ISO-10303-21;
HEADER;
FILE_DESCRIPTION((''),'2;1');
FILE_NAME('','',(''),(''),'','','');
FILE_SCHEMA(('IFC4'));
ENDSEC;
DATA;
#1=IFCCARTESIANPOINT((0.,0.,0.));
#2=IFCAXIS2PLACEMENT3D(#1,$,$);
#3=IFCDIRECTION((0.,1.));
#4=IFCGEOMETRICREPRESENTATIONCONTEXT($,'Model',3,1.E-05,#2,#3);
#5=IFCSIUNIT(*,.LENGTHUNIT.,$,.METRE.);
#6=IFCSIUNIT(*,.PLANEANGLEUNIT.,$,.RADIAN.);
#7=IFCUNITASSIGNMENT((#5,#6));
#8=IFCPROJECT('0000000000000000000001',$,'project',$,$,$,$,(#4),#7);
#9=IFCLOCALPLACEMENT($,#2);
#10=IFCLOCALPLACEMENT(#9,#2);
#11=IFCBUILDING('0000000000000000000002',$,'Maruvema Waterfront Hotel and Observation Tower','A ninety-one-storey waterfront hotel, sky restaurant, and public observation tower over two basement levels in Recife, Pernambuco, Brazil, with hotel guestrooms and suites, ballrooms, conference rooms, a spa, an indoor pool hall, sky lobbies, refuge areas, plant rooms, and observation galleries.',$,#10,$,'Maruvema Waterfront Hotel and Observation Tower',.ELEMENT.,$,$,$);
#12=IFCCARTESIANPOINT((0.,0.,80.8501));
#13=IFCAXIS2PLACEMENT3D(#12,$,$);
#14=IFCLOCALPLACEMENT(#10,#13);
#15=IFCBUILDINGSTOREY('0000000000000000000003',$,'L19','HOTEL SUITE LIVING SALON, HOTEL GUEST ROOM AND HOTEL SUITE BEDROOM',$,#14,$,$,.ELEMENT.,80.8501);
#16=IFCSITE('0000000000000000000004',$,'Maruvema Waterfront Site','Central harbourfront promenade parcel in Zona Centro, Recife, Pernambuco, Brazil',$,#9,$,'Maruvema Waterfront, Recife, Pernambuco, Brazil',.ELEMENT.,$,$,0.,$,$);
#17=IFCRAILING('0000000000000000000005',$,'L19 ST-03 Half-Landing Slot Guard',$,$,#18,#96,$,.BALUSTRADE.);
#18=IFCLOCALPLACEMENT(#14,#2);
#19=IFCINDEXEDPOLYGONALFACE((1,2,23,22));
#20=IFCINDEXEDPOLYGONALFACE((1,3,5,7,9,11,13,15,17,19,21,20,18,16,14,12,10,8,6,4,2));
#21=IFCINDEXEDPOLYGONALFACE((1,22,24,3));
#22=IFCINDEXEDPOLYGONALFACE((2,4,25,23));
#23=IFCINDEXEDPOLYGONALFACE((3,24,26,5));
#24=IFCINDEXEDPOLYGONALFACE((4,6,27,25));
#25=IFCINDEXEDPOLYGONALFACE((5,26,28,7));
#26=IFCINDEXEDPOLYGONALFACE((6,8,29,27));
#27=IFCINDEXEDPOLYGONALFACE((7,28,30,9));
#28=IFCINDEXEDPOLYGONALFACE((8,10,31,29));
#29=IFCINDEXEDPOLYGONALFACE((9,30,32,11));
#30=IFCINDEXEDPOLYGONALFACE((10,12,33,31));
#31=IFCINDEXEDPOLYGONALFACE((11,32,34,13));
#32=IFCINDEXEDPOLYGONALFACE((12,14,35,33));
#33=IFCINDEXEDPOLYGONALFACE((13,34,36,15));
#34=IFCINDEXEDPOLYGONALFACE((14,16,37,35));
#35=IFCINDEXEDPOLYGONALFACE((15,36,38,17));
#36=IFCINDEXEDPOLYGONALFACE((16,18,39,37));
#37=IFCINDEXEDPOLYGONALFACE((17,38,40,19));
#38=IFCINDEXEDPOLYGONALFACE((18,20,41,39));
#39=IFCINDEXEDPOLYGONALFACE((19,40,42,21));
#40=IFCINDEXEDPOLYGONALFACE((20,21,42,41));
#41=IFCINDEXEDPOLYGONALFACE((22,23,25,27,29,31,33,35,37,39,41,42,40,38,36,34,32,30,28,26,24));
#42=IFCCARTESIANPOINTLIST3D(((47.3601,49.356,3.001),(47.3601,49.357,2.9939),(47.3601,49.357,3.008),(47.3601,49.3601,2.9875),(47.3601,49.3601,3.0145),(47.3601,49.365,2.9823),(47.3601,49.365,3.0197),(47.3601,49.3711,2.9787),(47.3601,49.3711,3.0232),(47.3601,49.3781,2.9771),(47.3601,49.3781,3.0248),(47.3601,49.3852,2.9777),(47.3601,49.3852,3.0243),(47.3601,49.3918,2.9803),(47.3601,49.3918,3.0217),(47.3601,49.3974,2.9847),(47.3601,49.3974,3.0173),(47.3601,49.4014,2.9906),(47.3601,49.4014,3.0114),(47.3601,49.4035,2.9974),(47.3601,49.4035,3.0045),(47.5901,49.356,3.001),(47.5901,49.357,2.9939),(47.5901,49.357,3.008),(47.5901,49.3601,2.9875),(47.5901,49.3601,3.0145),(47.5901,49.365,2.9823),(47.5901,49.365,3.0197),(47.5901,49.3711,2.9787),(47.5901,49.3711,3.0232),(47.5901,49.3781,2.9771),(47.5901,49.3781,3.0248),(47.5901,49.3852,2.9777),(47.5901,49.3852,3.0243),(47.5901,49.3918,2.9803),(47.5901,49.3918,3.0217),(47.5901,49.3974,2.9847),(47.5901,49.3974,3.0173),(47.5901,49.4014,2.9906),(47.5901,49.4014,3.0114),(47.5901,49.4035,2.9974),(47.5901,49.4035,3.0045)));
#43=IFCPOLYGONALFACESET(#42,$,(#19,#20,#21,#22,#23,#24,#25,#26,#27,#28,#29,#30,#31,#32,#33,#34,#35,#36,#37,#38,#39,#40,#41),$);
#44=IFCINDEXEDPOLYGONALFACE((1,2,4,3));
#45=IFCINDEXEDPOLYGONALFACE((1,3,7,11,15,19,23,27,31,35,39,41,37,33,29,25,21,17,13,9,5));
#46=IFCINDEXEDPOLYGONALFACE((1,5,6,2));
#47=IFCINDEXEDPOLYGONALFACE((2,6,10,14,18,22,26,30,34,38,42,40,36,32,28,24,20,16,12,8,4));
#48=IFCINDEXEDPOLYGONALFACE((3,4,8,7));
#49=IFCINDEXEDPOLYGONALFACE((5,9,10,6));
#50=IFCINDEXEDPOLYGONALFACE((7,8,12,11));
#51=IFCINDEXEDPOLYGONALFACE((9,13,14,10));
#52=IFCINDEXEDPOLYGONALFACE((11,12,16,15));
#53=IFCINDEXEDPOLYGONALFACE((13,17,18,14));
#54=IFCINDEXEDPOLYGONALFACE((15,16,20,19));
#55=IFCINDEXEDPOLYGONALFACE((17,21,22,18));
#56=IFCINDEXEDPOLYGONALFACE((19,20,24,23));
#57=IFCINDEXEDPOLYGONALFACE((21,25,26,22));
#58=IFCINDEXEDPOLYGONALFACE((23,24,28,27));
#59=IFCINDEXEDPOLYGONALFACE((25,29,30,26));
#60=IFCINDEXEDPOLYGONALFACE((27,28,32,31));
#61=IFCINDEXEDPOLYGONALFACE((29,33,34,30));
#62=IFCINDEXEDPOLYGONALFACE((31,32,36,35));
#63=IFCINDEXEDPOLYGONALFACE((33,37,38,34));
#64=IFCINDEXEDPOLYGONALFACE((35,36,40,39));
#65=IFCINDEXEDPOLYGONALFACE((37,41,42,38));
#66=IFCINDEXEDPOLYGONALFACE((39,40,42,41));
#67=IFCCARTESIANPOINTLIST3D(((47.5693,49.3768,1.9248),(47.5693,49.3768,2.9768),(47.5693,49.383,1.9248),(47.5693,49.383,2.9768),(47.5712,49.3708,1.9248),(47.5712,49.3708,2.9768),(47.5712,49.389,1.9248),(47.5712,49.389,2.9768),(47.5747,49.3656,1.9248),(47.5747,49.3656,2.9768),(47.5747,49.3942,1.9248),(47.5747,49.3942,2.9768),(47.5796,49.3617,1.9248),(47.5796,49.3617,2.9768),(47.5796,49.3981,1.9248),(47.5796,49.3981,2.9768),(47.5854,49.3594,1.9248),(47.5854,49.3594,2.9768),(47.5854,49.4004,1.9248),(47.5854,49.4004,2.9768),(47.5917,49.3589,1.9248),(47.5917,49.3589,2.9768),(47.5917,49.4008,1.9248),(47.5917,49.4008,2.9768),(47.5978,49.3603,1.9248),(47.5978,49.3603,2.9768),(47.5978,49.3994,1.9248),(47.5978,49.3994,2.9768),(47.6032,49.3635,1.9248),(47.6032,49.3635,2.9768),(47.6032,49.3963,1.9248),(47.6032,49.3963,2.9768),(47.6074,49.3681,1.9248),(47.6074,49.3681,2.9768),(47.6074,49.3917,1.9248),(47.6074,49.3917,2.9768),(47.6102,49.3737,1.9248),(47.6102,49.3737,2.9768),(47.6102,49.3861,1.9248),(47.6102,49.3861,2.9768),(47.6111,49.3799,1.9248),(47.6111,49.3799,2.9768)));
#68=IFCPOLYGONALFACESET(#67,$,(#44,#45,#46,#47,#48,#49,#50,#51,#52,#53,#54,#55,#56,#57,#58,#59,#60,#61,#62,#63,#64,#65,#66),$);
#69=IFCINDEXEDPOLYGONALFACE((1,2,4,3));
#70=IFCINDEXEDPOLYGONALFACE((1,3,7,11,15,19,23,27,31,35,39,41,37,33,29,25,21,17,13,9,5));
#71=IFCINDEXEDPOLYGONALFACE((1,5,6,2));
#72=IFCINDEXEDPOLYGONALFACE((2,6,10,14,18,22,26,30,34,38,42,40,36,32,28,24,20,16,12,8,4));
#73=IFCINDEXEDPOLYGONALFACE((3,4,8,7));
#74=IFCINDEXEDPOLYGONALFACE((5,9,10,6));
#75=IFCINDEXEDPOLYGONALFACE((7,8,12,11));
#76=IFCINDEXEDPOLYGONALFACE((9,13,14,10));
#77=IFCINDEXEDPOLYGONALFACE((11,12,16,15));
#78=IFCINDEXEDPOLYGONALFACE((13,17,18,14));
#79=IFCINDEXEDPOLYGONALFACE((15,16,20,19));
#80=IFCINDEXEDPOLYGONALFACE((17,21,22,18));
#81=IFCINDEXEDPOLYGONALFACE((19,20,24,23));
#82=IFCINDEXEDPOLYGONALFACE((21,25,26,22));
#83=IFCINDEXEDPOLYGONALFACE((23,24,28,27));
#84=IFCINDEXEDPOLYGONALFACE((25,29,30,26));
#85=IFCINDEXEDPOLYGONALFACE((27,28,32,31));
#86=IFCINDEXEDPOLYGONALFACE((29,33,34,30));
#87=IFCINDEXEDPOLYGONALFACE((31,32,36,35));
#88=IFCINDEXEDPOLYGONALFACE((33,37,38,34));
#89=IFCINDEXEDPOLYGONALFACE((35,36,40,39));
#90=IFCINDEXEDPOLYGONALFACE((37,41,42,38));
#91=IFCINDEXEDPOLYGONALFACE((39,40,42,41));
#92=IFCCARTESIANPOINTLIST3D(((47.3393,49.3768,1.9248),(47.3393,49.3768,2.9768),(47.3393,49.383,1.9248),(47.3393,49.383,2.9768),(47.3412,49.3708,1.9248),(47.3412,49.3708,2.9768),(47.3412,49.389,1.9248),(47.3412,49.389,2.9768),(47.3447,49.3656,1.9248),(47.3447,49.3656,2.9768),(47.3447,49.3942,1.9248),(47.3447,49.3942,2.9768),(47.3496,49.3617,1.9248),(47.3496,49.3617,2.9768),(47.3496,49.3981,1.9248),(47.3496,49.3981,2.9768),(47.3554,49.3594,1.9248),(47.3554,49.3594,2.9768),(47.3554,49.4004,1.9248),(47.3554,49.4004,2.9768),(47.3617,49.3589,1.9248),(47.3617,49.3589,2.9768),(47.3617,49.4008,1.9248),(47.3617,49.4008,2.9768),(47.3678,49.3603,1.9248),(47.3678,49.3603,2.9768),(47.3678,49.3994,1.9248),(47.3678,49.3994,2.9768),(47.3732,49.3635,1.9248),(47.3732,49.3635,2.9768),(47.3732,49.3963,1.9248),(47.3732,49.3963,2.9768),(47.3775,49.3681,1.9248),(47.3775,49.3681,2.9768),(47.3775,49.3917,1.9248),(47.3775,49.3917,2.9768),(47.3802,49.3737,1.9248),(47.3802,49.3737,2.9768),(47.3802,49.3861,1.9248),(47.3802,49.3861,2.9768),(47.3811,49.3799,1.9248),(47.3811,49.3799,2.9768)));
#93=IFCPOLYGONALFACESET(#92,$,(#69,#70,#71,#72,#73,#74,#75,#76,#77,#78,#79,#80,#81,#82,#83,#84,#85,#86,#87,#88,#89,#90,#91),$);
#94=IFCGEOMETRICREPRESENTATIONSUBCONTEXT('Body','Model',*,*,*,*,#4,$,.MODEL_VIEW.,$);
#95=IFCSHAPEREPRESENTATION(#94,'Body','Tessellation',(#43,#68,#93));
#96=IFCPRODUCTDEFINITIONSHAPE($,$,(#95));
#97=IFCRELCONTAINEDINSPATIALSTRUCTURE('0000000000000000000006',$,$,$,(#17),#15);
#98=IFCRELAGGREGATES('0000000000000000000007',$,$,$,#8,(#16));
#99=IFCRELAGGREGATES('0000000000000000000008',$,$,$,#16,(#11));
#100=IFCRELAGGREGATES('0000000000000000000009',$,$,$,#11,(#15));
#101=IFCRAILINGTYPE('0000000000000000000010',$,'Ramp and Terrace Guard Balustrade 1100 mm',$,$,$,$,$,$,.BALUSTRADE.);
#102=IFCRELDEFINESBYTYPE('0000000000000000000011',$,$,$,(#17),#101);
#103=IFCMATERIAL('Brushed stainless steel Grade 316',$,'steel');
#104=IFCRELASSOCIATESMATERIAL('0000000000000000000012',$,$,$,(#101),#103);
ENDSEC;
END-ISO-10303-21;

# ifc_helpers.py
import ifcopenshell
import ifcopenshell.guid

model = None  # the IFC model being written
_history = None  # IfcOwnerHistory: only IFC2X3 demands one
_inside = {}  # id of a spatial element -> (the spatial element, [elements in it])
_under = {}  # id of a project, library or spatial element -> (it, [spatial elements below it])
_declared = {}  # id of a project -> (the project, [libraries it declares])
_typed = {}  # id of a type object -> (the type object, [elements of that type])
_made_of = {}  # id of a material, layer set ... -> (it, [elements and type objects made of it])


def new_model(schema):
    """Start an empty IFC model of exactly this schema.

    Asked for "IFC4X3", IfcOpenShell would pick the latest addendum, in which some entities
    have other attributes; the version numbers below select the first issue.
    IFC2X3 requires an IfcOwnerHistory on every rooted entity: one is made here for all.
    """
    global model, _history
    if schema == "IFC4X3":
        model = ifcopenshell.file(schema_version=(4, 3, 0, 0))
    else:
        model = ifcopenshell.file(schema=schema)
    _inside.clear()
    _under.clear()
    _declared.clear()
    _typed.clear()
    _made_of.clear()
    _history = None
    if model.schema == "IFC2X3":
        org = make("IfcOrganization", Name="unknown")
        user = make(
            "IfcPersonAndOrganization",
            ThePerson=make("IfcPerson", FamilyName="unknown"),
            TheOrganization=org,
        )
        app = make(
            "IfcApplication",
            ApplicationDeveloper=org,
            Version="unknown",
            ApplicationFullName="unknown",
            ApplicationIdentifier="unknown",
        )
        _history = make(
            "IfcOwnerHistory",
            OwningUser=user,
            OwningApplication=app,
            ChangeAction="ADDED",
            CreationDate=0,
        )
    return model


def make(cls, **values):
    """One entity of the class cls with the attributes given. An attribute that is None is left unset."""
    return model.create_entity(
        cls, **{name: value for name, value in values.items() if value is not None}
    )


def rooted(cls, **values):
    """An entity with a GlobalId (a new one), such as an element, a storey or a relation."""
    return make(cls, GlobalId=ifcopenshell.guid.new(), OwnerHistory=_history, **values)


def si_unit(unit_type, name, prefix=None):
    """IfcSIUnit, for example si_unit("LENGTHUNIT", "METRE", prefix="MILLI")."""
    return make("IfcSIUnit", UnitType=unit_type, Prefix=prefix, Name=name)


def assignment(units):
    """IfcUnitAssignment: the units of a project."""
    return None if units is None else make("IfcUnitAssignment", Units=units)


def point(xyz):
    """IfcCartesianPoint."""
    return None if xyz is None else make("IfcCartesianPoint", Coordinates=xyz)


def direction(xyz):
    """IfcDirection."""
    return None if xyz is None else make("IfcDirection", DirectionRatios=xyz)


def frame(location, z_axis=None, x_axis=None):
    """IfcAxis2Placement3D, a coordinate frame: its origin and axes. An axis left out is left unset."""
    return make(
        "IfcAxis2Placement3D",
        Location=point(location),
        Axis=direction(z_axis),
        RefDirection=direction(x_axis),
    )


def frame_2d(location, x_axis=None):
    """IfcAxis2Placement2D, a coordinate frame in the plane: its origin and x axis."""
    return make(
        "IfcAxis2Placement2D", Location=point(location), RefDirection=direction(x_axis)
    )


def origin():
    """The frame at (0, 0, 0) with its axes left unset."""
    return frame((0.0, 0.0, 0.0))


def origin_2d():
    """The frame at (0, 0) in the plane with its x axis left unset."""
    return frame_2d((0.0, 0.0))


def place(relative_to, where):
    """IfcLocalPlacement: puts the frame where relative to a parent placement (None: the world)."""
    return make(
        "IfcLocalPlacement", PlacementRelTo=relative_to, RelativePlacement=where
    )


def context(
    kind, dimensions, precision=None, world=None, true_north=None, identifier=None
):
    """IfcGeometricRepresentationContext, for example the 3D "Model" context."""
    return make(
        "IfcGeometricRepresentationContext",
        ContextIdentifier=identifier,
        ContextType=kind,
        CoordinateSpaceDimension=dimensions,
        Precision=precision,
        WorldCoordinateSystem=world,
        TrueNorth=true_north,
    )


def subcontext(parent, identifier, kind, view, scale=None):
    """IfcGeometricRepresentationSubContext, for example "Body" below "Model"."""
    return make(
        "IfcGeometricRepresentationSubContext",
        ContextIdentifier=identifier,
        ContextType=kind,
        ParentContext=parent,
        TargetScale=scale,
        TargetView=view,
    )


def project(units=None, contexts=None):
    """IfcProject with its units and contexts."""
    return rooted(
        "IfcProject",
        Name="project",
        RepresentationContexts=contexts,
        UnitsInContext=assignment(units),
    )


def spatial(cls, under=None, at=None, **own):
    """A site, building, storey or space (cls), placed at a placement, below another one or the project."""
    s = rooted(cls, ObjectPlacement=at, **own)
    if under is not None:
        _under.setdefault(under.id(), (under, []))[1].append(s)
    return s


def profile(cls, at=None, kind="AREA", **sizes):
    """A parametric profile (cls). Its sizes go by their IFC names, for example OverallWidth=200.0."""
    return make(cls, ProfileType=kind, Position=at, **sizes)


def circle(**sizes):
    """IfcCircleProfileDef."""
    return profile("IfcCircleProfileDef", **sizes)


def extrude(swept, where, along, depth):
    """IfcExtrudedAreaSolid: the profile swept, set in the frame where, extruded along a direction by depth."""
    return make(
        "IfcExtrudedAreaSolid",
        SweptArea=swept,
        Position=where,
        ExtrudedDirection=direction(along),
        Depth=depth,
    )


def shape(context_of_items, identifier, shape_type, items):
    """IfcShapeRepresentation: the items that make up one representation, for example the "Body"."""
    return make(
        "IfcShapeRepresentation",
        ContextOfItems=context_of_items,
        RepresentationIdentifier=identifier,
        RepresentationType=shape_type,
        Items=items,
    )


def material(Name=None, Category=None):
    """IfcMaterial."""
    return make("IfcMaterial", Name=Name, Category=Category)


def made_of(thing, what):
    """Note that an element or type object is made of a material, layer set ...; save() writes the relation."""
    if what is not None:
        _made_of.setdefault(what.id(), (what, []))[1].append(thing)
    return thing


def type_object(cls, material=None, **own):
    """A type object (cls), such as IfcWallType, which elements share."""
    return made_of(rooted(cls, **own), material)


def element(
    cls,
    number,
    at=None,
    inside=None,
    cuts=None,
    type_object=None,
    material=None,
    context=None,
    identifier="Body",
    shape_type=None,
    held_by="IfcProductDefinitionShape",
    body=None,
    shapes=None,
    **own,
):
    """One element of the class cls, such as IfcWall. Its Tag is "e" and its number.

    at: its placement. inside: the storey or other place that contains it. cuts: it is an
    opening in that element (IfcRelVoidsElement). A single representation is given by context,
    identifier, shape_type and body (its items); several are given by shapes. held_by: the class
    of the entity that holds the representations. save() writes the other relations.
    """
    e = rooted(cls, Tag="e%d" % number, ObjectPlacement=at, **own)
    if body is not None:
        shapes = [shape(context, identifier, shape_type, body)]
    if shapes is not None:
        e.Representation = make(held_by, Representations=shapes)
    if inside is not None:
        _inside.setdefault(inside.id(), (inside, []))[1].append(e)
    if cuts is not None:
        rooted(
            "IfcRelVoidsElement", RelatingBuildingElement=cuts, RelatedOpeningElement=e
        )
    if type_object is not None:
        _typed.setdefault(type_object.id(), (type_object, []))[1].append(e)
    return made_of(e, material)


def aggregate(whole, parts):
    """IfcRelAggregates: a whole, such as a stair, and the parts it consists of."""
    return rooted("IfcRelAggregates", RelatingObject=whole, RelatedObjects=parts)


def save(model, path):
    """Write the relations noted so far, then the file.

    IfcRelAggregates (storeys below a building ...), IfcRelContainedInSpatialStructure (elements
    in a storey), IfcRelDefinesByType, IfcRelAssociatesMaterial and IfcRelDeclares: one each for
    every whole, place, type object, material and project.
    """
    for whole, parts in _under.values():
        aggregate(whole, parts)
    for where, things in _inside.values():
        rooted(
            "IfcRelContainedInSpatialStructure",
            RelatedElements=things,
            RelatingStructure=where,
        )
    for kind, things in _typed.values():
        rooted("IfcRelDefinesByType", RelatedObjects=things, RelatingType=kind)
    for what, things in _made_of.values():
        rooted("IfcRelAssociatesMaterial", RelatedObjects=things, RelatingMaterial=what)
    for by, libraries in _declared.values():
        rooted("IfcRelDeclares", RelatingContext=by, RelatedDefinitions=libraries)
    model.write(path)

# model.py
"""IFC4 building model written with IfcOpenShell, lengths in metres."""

from ifc_helpers import new_model, si_unit, direction, frame, origin, origin_2d, place, context, subcontext, project, spatial, circle, extrude, material, type_object, element, save


model = new_model("IFC4")

# Units and contexts
model_context = context("Model", 3, precision=1e-05, world=origin(), true_north=direction((0.0, 1.0)))
body_context = subcontext(model_context, "Body", "Model", "MODEL_VIEW")
ifc_project = project(units=[si_unit("LENGTHUNIT", "METRE"), si_unit("PLANEANGLEUNIT", "RADIAN")], contexts=[model_context])

# Site, building, storey
site_placement = place(None, origin())
site = spatial("IfcSite", under=ifc_project, at=site_placement, Name="Maruvema Waterfront Site", Description="Central harbourfront promenade parcel in Zona Centro, Recife, Pernambuco, Brazil", LongName="Maruvema Waterfront, Recife, Pernambuco, Brazil", CompositionType="ELEMENT", RefElevation=0.0)
building_placement = place(site_placement, origin())
building = spatial("IfcBuilding", under=site, at=building_placement, Name="Maruvema Waterfront Hotel and Observation Tower", Description="A ninety-one-storey waterfront hotel, sky restaurant, and public observation tower over two basement levels in Recife, Pernambuco, Brazil, with hotel guestrooms and suites, ballrooms, conference rooms, a spa, an indoor pool hall, sky lobbies, refuge areas, plant rooms, and observation galleries.", LongName="Maruvema Waterfront Hotel and Observation Tower", CompositionType="ELEMENT")
storey_placement = place(building_placement, frame((0.0, 0.0, 80.8501)))
storey = spatial("IfcBuildingStorey", under=building, at=storey_placement, Name="L19", Description="HOTEL SUITE LIVING SALON, HOTEL GUEST ROOM AND HOTEL SUITE BEDROOM", CompositionType="ELEMENT", Elevation=80.8501)

# Railing
ifc_material_1 = material(Name="Brushed stainless steel Grade 316", Category="steel")
railing_type_1 = type_object("IfcRailingType", Name="Ramp and Terrace Guard Balustrade 1100 mm", PredefinedType="BALUSTRADE", material=ifc_material_1)
railing_1_placement = place(storey_placement, frame((47.5901, 49.3799, 1.9248)))
element("IfcRailing", 1, at=railing_1_placement, inside=storey, type_object=railing_type_1, Name="L19 ST-03 Half-Landing Slot Guard", PredefinedType="BALUSTRADE", context=body_context, shape_type="SweptSolid", body=[
    extrude(circle(Radius=0.0239, at=origin_2d()), frame((0.0, 0.0, 1.0762), z_axis=(-1.0, 0.0, 0.0), x_axis=(0.0, -1.0, 0.0)), (0.0, 0.0, 1.0), 0.23),
    extrude(circle(Radius=0.021, at=origin_2d()), origin(), (0.0, 0.0, 1.0), 1.052),
    extrude(circle(Radius=0.021, at=origin_2d()), frame((-0.23, 0.0, 0.0)), (0.0, 0.0, 1.0), 1.052),
])

save(model, "model.ifc")
